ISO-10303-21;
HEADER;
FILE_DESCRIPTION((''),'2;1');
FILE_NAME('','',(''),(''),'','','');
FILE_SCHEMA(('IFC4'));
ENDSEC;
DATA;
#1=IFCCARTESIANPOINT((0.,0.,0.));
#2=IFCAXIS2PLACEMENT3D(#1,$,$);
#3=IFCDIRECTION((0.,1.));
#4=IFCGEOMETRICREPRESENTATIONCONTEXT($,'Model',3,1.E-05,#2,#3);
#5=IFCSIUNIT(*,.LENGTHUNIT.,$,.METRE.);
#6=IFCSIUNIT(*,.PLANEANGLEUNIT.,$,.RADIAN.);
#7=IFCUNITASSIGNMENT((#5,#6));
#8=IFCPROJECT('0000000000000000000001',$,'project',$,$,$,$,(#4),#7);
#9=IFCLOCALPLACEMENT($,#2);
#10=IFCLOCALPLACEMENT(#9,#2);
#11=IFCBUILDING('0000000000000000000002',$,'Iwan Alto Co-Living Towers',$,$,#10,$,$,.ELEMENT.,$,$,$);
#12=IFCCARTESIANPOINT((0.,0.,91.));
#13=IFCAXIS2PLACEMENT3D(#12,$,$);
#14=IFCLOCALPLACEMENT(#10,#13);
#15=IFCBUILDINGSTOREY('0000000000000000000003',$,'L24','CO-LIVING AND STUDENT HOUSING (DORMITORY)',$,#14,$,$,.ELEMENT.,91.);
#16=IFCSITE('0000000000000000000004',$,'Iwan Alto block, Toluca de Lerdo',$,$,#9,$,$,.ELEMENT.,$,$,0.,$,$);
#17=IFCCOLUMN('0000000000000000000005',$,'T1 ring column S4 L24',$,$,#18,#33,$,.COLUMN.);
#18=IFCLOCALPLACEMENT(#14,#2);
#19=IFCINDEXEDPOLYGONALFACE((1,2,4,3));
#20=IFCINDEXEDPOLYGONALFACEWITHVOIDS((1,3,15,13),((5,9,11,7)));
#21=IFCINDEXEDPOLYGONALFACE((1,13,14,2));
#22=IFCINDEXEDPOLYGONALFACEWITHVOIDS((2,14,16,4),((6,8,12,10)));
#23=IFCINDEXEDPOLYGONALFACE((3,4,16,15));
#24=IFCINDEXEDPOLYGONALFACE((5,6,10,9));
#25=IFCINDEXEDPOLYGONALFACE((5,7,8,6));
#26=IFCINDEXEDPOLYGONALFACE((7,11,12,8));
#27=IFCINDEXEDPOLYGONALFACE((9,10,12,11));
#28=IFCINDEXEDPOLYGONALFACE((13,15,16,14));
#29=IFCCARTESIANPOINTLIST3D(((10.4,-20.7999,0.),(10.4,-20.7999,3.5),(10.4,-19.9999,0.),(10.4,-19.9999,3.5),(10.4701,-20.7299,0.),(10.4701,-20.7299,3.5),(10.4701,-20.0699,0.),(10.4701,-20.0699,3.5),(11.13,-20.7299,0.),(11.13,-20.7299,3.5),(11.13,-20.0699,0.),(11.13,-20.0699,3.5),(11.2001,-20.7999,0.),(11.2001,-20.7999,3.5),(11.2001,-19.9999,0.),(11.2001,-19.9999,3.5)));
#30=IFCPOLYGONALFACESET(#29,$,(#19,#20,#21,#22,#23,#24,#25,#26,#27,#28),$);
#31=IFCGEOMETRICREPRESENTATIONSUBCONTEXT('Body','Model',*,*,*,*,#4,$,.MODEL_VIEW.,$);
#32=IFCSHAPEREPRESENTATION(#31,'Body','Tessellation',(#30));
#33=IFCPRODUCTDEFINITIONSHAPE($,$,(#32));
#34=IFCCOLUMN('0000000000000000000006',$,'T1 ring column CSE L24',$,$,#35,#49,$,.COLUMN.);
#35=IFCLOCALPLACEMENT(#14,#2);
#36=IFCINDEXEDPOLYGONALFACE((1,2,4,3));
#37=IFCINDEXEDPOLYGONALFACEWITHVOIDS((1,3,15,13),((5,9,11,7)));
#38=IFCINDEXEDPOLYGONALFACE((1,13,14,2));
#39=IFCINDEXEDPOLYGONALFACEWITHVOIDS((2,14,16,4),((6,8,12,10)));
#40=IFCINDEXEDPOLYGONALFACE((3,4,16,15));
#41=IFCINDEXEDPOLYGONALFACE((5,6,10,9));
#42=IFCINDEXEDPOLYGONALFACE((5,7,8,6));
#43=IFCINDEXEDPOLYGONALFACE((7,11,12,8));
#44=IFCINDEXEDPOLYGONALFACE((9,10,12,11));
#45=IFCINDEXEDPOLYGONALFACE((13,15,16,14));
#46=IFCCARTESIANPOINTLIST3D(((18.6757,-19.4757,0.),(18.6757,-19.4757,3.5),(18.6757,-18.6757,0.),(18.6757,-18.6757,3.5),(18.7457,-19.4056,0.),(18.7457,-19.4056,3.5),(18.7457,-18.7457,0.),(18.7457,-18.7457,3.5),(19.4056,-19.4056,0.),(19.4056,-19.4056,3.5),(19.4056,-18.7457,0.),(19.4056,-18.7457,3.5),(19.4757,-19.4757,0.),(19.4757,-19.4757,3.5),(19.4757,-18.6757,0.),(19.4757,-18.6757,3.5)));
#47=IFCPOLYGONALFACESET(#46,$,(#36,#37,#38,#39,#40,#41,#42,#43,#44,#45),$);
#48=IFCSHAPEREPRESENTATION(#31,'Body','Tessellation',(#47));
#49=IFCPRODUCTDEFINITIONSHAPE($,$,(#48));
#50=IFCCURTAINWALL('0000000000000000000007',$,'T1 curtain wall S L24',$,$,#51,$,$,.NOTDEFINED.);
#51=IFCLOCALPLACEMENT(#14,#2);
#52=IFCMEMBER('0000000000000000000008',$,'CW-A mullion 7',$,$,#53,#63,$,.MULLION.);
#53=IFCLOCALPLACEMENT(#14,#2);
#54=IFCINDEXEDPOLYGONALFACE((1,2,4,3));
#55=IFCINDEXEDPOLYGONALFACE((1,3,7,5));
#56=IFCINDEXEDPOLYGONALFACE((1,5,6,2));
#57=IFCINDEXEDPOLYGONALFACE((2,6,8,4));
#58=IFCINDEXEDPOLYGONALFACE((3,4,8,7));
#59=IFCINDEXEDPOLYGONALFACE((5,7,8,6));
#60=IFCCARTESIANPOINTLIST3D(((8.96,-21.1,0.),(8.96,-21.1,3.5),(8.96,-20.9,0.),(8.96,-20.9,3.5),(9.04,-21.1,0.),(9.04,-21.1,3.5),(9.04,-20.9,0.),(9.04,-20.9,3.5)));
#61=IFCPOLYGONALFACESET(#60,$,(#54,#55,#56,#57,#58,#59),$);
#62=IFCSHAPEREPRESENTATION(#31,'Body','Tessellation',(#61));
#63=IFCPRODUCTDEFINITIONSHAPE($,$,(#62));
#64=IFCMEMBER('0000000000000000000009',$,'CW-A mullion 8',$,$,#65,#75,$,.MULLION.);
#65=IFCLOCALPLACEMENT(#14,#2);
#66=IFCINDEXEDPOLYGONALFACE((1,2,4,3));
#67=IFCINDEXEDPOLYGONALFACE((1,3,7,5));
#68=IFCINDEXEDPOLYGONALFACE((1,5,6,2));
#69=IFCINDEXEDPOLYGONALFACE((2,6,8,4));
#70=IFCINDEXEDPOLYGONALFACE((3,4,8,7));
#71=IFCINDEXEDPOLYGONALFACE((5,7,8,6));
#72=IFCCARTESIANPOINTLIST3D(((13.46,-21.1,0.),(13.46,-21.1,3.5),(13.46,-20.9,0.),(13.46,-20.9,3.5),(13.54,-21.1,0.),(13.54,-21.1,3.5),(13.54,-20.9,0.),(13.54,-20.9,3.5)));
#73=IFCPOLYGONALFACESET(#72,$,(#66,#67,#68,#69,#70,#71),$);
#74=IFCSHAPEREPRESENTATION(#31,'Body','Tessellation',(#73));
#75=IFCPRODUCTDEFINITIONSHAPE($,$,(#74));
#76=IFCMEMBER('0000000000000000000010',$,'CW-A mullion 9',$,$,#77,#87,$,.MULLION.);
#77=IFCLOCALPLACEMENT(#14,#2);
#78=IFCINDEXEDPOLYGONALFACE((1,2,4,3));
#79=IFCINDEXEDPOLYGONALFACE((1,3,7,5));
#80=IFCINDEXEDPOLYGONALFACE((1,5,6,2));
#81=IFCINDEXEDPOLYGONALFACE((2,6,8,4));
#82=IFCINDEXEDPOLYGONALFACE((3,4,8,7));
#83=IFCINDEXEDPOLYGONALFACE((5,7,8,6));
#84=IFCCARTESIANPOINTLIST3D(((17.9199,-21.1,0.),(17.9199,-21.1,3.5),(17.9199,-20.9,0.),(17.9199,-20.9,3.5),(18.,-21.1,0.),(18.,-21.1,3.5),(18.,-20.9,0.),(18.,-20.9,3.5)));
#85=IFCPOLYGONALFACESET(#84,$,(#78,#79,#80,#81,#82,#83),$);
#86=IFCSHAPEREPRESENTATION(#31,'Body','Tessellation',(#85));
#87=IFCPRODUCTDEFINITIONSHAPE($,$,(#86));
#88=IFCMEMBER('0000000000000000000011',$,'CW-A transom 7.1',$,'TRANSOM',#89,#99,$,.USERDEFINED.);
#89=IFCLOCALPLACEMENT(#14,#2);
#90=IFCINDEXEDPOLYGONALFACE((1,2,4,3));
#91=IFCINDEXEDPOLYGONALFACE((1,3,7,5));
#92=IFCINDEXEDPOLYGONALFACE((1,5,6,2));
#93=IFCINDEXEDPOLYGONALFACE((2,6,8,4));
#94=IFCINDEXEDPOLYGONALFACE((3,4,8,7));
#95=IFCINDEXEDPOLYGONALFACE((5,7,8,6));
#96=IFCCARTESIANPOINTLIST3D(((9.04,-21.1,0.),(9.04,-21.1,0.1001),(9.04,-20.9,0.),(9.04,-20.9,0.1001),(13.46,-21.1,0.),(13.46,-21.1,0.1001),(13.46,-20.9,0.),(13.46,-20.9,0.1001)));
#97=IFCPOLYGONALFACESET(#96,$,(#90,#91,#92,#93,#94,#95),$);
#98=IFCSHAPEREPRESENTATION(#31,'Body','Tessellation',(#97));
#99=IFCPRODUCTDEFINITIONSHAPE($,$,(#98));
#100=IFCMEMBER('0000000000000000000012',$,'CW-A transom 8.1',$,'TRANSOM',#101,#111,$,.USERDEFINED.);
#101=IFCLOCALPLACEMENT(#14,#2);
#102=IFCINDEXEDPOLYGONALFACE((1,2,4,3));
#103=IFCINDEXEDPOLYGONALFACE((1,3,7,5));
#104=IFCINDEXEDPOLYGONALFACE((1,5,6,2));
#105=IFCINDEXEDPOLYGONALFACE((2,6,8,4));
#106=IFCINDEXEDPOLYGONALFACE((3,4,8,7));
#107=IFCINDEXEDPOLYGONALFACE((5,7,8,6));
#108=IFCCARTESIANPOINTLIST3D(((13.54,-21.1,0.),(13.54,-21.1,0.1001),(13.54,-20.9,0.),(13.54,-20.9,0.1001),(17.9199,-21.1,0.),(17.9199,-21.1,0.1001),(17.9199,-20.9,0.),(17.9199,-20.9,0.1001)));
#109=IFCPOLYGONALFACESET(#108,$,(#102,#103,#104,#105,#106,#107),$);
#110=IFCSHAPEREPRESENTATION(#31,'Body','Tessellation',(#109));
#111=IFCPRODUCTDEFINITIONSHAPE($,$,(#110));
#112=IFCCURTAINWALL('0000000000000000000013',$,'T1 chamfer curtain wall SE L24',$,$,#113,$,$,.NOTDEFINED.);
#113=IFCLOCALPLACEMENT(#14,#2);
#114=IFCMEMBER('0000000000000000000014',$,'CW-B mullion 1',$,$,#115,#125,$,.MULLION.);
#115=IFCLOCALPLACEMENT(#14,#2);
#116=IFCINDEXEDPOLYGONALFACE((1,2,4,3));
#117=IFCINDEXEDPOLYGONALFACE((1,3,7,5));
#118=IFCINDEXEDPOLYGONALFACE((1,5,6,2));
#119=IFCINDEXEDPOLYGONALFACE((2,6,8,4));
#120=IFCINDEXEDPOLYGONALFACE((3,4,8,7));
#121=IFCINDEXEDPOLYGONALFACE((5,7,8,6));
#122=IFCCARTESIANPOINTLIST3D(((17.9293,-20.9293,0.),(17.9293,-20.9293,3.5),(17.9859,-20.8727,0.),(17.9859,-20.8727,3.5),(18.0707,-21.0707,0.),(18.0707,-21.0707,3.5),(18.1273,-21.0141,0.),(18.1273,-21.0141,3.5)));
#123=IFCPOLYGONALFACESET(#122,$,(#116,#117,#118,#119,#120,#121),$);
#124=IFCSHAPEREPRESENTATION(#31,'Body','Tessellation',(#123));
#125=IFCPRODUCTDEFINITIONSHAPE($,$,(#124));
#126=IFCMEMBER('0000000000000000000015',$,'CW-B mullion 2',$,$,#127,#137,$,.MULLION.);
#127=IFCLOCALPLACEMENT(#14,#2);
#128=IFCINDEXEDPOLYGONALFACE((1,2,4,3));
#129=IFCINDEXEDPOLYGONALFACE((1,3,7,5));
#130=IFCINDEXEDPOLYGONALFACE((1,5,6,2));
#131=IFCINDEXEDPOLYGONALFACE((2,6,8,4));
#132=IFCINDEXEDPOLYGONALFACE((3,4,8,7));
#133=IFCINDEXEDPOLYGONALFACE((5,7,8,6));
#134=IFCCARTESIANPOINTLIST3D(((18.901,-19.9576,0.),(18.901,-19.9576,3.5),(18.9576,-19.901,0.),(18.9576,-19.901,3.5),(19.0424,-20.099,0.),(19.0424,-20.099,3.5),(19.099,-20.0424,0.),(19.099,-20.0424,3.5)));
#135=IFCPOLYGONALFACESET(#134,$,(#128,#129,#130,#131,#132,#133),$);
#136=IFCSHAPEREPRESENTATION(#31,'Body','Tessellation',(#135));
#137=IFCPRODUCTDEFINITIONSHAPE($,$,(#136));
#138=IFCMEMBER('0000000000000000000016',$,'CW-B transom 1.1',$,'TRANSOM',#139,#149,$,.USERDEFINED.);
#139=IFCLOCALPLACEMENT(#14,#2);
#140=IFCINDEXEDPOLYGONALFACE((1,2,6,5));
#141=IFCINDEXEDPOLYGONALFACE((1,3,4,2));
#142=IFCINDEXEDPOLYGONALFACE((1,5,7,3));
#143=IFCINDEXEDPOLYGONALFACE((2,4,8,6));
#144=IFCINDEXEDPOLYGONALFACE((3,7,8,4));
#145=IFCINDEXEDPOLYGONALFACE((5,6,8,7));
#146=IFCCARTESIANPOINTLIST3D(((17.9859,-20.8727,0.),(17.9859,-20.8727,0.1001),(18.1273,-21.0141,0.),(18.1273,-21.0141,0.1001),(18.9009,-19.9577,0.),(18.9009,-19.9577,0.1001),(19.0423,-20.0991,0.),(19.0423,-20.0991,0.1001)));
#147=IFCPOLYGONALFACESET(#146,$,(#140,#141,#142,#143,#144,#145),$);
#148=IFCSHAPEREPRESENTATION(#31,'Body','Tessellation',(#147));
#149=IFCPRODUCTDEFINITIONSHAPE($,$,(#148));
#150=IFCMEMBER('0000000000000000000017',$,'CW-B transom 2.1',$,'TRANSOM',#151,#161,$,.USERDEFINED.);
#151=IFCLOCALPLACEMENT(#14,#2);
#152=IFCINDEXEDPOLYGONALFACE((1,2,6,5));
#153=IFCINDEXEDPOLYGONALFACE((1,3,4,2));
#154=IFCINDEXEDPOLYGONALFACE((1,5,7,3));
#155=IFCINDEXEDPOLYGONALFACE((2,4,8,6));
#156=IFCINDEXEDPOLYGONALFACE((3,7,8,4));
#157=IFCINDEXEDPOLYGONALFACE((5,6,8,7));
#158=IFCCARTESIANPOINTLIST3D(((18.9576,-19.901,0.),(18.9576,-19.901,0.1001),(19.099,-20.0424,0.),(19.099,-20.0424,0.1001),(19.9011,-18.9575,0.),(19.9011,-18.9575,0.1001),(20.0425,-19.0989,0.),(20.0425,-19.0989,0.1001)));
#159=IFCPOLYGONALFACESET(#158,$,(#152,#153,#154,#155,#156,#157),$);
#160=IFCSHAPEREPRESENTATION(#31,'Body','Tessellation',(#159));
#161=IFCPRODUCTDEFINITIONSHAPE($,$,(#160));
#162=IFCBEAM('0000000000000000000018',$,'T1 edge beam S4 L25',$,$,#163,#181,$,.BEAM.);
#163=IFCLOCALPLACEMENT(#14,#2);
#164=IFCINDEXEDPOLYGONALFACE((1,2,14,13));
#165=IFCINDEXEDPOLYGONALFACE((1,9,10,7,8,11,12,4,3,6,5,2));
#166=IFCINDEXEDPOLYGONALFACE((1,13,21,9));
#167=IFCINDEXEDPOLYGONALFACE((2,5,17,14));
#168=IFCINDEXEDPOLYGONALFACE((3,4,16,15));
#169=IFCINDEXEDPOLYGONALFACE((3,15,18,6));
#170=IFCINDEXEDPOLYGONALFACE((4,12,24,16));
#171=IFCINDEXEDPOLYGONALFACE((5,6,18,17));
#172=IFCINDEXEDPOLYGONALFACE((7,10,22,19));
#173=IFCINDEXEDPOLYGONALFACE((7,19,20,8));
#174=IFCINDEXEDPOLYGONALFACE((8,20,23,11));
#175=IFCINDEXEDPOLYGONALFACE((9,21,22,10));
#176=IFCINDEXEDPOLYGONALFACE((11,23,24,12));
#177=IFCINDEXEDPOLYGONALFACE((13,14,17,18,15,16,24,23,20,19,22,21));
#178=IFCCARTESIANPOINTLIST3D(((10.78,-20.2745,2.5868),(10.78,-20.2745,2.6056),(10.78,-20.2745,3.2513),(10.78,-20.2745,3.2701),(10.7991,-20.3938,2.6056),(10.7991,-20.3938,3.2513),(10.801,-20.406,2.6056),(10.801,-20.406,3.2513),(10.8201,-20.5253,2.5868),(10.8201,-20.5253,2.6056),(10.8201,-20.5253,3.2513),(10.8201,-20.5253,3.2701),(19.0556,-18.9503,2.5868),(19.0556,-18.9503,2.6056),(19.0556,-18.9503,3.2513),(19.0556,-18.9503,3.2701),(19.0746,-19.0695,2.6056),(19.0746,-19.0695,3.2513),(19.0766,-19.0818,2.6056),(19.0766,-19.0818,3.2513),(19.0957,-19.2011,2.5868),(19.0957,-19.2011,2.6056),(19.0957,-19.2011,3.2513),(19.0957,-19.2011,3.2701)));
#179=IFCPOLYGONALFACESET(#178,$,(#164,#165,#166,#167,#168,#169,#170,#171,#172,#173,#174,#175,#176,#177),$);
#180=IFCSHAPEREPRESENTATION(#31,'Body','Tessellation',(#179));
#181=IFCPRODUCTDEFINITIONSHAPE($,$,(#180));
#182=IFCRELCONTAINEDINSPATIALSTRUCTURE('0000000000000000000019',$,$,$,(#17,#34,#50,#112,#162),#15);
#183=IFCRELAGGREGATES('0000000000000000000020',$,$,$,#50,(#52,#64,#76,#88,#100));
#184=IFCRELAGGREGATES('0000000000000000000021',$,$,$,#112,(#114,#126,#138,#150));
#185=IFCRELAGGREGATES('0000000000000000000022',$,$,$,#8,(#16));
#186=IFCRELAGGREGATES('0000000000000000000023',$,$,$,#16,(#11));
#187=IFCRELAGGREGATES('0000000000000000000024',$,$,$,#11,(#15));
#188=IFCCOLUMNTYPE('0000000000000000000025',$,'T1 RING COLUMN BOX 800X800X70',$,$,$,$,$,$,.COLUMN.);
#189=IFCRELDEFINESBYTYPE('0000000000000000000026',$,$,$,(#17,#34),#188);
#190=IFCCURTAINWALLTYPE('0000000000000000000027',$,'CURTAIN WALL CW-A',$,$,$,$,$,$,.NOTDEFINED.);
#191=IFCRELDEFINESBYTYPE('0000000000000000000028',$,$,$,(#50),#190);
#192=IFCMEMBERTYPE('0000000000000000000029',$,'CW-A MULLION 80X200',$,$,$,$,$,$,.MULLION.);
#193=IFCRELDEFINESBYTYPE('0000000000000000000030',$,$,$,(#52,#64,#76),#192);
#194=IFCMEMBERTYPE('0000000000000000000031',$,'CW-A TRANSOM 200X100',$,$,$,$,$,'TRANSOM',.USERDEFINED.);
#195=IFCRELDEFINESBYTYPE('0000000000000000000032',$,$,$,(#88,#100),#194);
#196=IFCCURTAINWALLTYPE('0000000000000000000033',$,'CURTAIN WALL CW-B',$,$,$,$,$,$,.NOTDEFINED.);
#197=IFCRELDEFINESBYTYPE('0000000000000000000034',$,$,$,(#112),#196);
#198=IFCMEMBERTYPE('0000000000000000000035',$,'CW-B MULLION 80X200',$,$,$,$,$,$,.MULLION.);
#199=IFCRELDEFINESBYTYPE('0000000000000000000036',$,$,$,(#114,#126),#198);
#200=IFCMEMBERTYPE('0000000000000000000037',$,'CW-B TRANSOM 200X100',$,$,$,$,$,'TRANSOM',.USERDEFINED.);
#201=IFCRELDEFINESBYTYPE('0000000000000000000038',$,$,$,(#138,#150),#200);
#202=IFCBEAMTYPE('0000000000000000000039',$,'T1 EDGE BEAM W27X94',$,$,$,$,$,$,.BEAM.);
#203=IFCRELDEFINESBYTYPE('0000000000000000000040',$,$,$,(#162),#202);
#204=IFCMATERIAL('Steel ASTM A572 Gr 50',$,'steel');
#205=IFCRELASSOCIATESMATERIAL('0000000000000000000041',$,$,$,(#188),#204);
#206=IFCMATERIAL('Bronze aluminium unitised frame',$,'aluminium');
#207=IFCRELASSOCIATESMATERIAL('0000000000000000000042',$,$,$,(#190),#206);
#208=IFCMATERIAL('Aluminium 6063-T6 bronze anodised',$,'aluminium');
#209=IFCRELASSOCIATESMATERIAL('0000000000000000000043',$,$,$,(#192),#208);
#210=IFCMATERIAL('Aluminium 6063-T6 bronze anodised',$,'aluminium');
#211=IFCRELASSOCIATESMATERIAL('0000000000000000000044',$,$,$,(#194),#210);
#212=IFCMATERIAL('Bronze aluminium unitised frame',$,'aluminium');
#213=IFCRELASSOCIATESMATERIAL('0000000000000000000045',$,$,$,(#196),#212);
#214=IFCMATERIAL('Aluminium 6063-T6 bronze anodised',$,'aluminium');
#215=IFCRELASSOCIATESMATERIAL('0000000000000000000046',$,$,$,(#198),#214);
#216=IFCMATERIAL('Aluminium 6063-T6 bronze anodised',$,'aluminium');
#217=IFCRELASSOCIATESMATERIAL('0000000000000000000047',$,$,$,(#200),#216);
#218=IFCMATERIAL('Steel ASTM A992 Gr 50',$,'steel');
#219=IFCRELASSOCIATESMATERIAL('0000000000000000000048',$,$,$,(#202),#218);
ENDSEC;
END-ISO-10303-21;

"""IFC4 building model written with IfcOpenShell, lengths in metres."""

from ifc_helpers import new_model, si_unit, direction, frame, origin, origin_2d, place, context, subcontext, project, spatial, rectangle, hollow_rectangle, i_section, extrude, material, material_profile, profile_set, type_object, element, aggregate, save


model = new_model("IFC4")

# Units and contexts
model_context = context("Model", 3, precision=1e-05, world=origin(), true_north=direction((0.0, 1.0)))
body_context = subcontext(model_context, "Body", "Model", "MODEL_VIEW")
ifc_project = project(units=[si_unit("LENGTHUNIT", "METRE"), si_unit("PLANEANGLEUNIT", "RADIAN")], contexts=[model_context])

# Site, building, storey
site_placement = place(None, origin())
site = spatial("IfcSite", under=ifc_project, at=site_placement, Name="Iwan Alto block, Toluca de Lerdo", CompositionType="ELEMENT", RefElevation=0.0)
building_placement = place(site_placement, origin())
building = spatial("IfcBuilding", under=site, at=building_placement, Name="Iwan Alto Co-Living Towers", CompositionType="ELEMENT")
storey_placement = place(building_placement, frame((0.0, 0.0, 91.0)))
storey = spatial("IfcBuildingStorey", under=building, at=storey_placement, Name="L24", Description="CO-LIVING AND STUDENT HOUSING (DORMITORY)", CompositionType="ELEMENT", Elevation=91.0)

# Columns
ifc_material_1 = material(Name="Steel ASTM A572 Gr 50", Category="steel")
ifc_material_profile_1 = material_profile(ifc_material_1, hollow_rectangle(XDim=0.8, YDim=0.8, WallThickness=0.0701, at=origin_2d()), Name="BOX 800X800X70")
ifc_profile_set_1 = profile_set([ifc_material_profile_1], Name="Steel ASTM A572 Gr 50")
column_type = type_object("IfcColumnType", Name="T1 RING COLUMN BOX 800X800X70", PredefinedType="COLUMN", material=ifc_profile_set_1)
for number, where, z_axis, x_axis, name in (
    (1, (10.8, -20.3999, 0.0), (0.0, 0.0, 1.0), (1.0, 0.0, 0.0), "T1 ring column S4 L24"),
    (2, (19.0757, -19.0757, 0.0), (0.0, 0.0, 1.0), (1.0, 0.0, 0.0), "T1 ring column CSE L24"),
):
    element("IfcColumn", number, at=place(storey_placement, frame(where, z_axis=z_axis, x_axis=x_axis)), inside=storey, type_object=column_type, Name=name, PredefinedType="COLUMN", context=body_context, shape_type="SweptSolid", body=[
        extrude(hollow_rectangle(XDim=0.8, YDim=0.8, WallThickness=0.0701, at=origin_2d()), origin(), (0.0, 0.0, 1.0), 3.5),
    ])

# Curtain walls, members
ifc_material_2 = material(Name="Bronze aluminium unitised frame", Category="aluminium")
curtain_wall_type_1 = type_object("IfcCurtainWallType", Name="CURTAIN WALL CW-A", PredefinedType="NOTDEFINED", material=ifc_material_2)
curtain_wall_1_placement = place(storey_placement, origin())
curtain_wall_1 = element("IfcCurtainWall", 3, at=curtain_wall_1_placement, inside=storey, type_object=curtain_wall_type_1, Name="T1 curtain wall S L24", PredefinedType="NOTDEFINED")
ifc_material_3 = material(Name="Aluminium 6063-T6 bronze anodised", Category="aluminium")
ifc_material_profile_2 = material_profile(ifc_material_3, rectangle(XDim=0.2, YDim=0.0801, at=origin_2d()), Name="AL 80X200")
ifc_profile_set_2 = profile_set([ifc_material_profile_2], Name="Aluminium 6063-T6 bronze anodised")
member_type_1 = type_object("IfcMemberType", Name="CW-A MULLION 80X200", PredefinedType="MULLION", material=ifc_profile_set_2)
member_1_placement = place(storey_placement, frame((9.0, -21.0, 0.0), z_axis=(0.0, 0.0, 1.0), x_axis=(0.0, 1.0, 0.0)))
member_1 = element("IfcMember", 4, at=member_1_placement, type_object=member_type_1, Name="CW-A mullion 7", PredefinedType="MULLION", context=body_context, shape_type="SweptSolid", body=[
    extrude(rectangle(XDim=0.2, YDim=0.0801, at=origin_2d()), origin(), (0.0, 0.0, 1.0), 3.5),
])
member_2_placement = place(storey_placement, frame((13.5, -21.0, 0.0), z_axis=(0.0, 0.0, 1.0), x_axis=(0.0, 1.0, 0.0)))
member_2 = element("IfcMember", 5, at=member_2_placement, type_object=member_type_1, Name="CW-A mullion 8", PredefinedType="MULLION", context=body_context, shape_type="SweptSolid", body=[
    extrude(rectangle(XDim=0.2, YDim=0.0801, at=origin_2d()), origin(), (0.0, 0.0, 1.0), 3.5),
])
member_3_placement = place(storey_placement, frame((17.96, -21.0, 0.0), z_axis=(0.0, 0.0, 1.0), x_axis=(0.0, 1.0, 0.0)))
member_3 = element("IfcMember", 6, at=member_3_placement, type_object=member_type_1, Name="CW-A mullion 9", PredefinedType="MULLION", context=body_context, shape_type="SweptSolid", body=[
    extrude(rectangle(XDim=0.2, YDim=0.0801, at=origin_2d()), origin(), (0.0, 0.0, 1.0), 3.5),
])
ifc_material_4 = material(Name="Aluminium 6063-T6 bronze anodised", Category="aluminium")
ifc_material_profile_3 = material_profile(ifc_material_4, rectangle(XDim=0.2, YDim=0.1001, at=origin_2d()), Name="AL 200X100")
ifc_profile_set_3 = profile_set([ifc_material_profile_3], Name="Aluminium 6063-T6 bronze anodised")
member_type_2 = type_object("IfcMemberType", Name="CW-A TRANSOM 200X100", ElementType="TRANSOM", PredefinedType="USERDEFINED", material=ifc_profile_set_3)
member_4_placement = place(storey_placement, frame((9.04, -21.0, 0.05), z_axis=(1.0, 0.0, 0.0), x_axis=(0.0, 1.0, 0.0)))
member_4 = element("IfcMember", 7, at=member_4_placement, type_object=member_type_2, Name="CW-A transom 7.1", ObjectType="TRANSOM", PredefinedType="USERDEFINED", context=body_context, shape_type="SweptSolid", body=[
    extrude(rectangle(XDim=0.2, YDim=0.1001, at=origin_2d()), origin(), (0.0, 0.0, 1.0), 4.4199),
])
member_5_placement = place(storey_placement, frame((13.54, -21.0, 0.05), z_axis=(1.0, 0.0, 0.0), x_axis=(0.0, 1.0, 0.0)))
member_5 = element("IfcMember", 8, at=member_5_placement, type_object=member_type_2, Name="CW-A transom 8.1", ObjectType="TRANSOM", PredefinedType="USERDEFINED", context=body_context, shape_type="SweptSolid", body=[
    extrude(rectangle(XDim=0.2, YDim=0.1001, at=origin_2d()), origin(), (0.0, 0.0, 1.0), 4.3799),
])
ifc_material_5 = material(Name="Bronze aluminium unitised frame", Category="aluminium")
curtain_wall_type_2 = type_object("IfcCurtainWallType", Name="CURTAIN WALL CW-B", PredefinedType="NOTDEFINED", material=ifc_material_5)
curtain_wall_2_placement = place(storey_placement, origin())
curtain_wall_2 = element("IfcCurtainWall", 9, at=curtain_wall_2_placement, inside=storey, type_object=curtain_wall_type_2, Name="T1 chamfer curtain wall SE L24", PredefinedType="NOTDEFINED")
ifc_material_6 = material(Name="Aluminium 6063-T6 bronze anodised", Category="aluminium")
ifc_material_profile_4 = material_profile(ifc_material_6, rectangle(XDim=0.2, YDim=0.0801, at=origin_2d()), Name="AL 80X200")
ifc_profile_set_4 = profile_set([ifc_material_profile_4], Name="Aluminium 6063-T6 bronze anodised")
member_type_3 = type_object("IfcMemberType", Name="CW-B MULLION 80X200", PredefinedType="MULLION", material=ifc_profile_set_4)
member_6_placement = place(storey_placement, frame((18.0283, -20.9717, 0.0), z_axis=(0.0, 0.0, 1.0), x_axis=(-0.707107, 0.707107, 0.0)))
member_6 = element("IfcMember", 10, at=member_6_placement, type_object=member_type_3, Name="CW-B mullion 1", PredefinedType="MULLION", context=body_context, shape_type="SweptSolid", body=[
    extrude(rectangle(XDim=0.2, YDim=0.0801, at=origin_2d()), origin(), (0.0, 0.0, 1.0), 3.5),
])
member_7_placement = place(storey_placement, frame((19.0, -20.0, 0.0), z_axis=(0.0, 0.0, 1.0), x_axis=(-0.707107, 0.707107, 0.0)))
member_7 = element("IfcMember", 11, at=member_7_placement, type_object=member_type_3, Name="CW-B mullion 2", PredefinedType="MULLION", context=body_context, shape_type="SweptSolid", body=[
    extrude(rectangle(XDim=0.2, YDim=0.0801, at=origin_2d()), origin(), (0.0, 0.0, 1.0), 3.5),
])
ifc_material_7 = material(Name="Aluminium 6063-T6 bronze anodised", Category="aluminium")
ifc_material_profile_5 = material_profile(ifc_material_7, rectangle(XDim=0.2, YDim=0.1001, at=origin_2d()), Name="AL 200X100")
ifc_profile_set_5 = profile_set([ifc_material_profile_5], Name="Aluminium 6063-T6 bronze anodised")
member_type_4 = type_object("IfcMemberType", Name="CW-B TRANSOM 200X100", ElementType="TRANSOM", PredefinedType="USERDEFINED", material=ifc_profile_set_5)
member_8_placement = place(storey_placement, frame((18.0566, -20.9434, 0.05), z_axis=(0.707107, 0.707107, 0.0), x_axis=(-0.707107, 0.707107, 0.0)))
member_8 = element("IfcMember", 12, at=member_8_placement, type_object=member_type_4, Name="CW-B transom 1.1", ObjectType="TRANSOM", PredefinedType="USERDEFINED", context=body_context, shape_type="SweptSolid", body=[
    extrude(rectangle(XDim=0.2, YDim=0.1001, at=origin_2d()), origin(), (0.0, 0.0, 1.0), 1.2939),
])
member_9_placement = place(storey_placement, frame((19.0283, -19.9717, 0.05), z_axis=(0.707107, 0.707107, 0.0), x_axis=(-0.707107, 0.707107, 0.0)))
member_9 = element("IfcMember", 13, at=member_9_placement, type_object=member_type_4, Name="CW-B transom 2.1", ObjectType="TRANSOM", PredefinedType="USERDEFINED", context=body_context, shape_type="SweptSolid", body=[
    extrude(rectangle(XDim=0.2, YDim=0.1001, at=origin_2d()), origin(), (0.0, 0.0, 1.0), 1.3342),
])

# Beam
ifc_material_8 = material(Name="Steel ASTM A992 Gr 50", Category="steel")
ifc_material_profile_6 = material_profile(ifc_material_8, i_section(OverallWidth=0.2539, OverallDepth=0.6833, WebThickness=0.0125, FlangeThickness=0.0188, at=origin_2d()), Name="W27X94")
ifc_profile_set_6 = profile_set([ifc_material_profile_6], Name="Steel ASTM A992 Gr 50")
beam_type_1 = type_object("IfcBeamType", Name="T1 EDGE BEAM W27X94", PredefinedType="BEAM", material=ifc_profile_set_6)
for number, where, z_axis, x_axis, name in (
    (14, (10.8, -20.3999, 2.9285), (0.987438, 0.158004, 0.0), (-0.158004, 0.987438, 0.0), "T1 edge beam S4 L25"),
):
    element("IfcBeam", number, at=place(storey_placement, frame(where, z_axis=z_axis, x_axis=x_axis)), inside=storey, type_object=beam_type_1, Name=name, PredefinedType="BEAM", context=body_context, shape_type="SweptSolid", body=[
        extrude(i_section(OverallWidth=0.2539, OverallDepth=0.6833, WebThickness=0.0125, FlangeThickness=0.0188, at=origin_2d()), origin(), (0.0, 0.0, 1.0), 8.3809),
    ])

aggregate(curtain_wall_1, [member_1, member_2, member_3, member_4, member_5])
aggregate(curtain_wall_2, [member_6, member_7, member_8, member_9])

save(model, "model.ifc")
